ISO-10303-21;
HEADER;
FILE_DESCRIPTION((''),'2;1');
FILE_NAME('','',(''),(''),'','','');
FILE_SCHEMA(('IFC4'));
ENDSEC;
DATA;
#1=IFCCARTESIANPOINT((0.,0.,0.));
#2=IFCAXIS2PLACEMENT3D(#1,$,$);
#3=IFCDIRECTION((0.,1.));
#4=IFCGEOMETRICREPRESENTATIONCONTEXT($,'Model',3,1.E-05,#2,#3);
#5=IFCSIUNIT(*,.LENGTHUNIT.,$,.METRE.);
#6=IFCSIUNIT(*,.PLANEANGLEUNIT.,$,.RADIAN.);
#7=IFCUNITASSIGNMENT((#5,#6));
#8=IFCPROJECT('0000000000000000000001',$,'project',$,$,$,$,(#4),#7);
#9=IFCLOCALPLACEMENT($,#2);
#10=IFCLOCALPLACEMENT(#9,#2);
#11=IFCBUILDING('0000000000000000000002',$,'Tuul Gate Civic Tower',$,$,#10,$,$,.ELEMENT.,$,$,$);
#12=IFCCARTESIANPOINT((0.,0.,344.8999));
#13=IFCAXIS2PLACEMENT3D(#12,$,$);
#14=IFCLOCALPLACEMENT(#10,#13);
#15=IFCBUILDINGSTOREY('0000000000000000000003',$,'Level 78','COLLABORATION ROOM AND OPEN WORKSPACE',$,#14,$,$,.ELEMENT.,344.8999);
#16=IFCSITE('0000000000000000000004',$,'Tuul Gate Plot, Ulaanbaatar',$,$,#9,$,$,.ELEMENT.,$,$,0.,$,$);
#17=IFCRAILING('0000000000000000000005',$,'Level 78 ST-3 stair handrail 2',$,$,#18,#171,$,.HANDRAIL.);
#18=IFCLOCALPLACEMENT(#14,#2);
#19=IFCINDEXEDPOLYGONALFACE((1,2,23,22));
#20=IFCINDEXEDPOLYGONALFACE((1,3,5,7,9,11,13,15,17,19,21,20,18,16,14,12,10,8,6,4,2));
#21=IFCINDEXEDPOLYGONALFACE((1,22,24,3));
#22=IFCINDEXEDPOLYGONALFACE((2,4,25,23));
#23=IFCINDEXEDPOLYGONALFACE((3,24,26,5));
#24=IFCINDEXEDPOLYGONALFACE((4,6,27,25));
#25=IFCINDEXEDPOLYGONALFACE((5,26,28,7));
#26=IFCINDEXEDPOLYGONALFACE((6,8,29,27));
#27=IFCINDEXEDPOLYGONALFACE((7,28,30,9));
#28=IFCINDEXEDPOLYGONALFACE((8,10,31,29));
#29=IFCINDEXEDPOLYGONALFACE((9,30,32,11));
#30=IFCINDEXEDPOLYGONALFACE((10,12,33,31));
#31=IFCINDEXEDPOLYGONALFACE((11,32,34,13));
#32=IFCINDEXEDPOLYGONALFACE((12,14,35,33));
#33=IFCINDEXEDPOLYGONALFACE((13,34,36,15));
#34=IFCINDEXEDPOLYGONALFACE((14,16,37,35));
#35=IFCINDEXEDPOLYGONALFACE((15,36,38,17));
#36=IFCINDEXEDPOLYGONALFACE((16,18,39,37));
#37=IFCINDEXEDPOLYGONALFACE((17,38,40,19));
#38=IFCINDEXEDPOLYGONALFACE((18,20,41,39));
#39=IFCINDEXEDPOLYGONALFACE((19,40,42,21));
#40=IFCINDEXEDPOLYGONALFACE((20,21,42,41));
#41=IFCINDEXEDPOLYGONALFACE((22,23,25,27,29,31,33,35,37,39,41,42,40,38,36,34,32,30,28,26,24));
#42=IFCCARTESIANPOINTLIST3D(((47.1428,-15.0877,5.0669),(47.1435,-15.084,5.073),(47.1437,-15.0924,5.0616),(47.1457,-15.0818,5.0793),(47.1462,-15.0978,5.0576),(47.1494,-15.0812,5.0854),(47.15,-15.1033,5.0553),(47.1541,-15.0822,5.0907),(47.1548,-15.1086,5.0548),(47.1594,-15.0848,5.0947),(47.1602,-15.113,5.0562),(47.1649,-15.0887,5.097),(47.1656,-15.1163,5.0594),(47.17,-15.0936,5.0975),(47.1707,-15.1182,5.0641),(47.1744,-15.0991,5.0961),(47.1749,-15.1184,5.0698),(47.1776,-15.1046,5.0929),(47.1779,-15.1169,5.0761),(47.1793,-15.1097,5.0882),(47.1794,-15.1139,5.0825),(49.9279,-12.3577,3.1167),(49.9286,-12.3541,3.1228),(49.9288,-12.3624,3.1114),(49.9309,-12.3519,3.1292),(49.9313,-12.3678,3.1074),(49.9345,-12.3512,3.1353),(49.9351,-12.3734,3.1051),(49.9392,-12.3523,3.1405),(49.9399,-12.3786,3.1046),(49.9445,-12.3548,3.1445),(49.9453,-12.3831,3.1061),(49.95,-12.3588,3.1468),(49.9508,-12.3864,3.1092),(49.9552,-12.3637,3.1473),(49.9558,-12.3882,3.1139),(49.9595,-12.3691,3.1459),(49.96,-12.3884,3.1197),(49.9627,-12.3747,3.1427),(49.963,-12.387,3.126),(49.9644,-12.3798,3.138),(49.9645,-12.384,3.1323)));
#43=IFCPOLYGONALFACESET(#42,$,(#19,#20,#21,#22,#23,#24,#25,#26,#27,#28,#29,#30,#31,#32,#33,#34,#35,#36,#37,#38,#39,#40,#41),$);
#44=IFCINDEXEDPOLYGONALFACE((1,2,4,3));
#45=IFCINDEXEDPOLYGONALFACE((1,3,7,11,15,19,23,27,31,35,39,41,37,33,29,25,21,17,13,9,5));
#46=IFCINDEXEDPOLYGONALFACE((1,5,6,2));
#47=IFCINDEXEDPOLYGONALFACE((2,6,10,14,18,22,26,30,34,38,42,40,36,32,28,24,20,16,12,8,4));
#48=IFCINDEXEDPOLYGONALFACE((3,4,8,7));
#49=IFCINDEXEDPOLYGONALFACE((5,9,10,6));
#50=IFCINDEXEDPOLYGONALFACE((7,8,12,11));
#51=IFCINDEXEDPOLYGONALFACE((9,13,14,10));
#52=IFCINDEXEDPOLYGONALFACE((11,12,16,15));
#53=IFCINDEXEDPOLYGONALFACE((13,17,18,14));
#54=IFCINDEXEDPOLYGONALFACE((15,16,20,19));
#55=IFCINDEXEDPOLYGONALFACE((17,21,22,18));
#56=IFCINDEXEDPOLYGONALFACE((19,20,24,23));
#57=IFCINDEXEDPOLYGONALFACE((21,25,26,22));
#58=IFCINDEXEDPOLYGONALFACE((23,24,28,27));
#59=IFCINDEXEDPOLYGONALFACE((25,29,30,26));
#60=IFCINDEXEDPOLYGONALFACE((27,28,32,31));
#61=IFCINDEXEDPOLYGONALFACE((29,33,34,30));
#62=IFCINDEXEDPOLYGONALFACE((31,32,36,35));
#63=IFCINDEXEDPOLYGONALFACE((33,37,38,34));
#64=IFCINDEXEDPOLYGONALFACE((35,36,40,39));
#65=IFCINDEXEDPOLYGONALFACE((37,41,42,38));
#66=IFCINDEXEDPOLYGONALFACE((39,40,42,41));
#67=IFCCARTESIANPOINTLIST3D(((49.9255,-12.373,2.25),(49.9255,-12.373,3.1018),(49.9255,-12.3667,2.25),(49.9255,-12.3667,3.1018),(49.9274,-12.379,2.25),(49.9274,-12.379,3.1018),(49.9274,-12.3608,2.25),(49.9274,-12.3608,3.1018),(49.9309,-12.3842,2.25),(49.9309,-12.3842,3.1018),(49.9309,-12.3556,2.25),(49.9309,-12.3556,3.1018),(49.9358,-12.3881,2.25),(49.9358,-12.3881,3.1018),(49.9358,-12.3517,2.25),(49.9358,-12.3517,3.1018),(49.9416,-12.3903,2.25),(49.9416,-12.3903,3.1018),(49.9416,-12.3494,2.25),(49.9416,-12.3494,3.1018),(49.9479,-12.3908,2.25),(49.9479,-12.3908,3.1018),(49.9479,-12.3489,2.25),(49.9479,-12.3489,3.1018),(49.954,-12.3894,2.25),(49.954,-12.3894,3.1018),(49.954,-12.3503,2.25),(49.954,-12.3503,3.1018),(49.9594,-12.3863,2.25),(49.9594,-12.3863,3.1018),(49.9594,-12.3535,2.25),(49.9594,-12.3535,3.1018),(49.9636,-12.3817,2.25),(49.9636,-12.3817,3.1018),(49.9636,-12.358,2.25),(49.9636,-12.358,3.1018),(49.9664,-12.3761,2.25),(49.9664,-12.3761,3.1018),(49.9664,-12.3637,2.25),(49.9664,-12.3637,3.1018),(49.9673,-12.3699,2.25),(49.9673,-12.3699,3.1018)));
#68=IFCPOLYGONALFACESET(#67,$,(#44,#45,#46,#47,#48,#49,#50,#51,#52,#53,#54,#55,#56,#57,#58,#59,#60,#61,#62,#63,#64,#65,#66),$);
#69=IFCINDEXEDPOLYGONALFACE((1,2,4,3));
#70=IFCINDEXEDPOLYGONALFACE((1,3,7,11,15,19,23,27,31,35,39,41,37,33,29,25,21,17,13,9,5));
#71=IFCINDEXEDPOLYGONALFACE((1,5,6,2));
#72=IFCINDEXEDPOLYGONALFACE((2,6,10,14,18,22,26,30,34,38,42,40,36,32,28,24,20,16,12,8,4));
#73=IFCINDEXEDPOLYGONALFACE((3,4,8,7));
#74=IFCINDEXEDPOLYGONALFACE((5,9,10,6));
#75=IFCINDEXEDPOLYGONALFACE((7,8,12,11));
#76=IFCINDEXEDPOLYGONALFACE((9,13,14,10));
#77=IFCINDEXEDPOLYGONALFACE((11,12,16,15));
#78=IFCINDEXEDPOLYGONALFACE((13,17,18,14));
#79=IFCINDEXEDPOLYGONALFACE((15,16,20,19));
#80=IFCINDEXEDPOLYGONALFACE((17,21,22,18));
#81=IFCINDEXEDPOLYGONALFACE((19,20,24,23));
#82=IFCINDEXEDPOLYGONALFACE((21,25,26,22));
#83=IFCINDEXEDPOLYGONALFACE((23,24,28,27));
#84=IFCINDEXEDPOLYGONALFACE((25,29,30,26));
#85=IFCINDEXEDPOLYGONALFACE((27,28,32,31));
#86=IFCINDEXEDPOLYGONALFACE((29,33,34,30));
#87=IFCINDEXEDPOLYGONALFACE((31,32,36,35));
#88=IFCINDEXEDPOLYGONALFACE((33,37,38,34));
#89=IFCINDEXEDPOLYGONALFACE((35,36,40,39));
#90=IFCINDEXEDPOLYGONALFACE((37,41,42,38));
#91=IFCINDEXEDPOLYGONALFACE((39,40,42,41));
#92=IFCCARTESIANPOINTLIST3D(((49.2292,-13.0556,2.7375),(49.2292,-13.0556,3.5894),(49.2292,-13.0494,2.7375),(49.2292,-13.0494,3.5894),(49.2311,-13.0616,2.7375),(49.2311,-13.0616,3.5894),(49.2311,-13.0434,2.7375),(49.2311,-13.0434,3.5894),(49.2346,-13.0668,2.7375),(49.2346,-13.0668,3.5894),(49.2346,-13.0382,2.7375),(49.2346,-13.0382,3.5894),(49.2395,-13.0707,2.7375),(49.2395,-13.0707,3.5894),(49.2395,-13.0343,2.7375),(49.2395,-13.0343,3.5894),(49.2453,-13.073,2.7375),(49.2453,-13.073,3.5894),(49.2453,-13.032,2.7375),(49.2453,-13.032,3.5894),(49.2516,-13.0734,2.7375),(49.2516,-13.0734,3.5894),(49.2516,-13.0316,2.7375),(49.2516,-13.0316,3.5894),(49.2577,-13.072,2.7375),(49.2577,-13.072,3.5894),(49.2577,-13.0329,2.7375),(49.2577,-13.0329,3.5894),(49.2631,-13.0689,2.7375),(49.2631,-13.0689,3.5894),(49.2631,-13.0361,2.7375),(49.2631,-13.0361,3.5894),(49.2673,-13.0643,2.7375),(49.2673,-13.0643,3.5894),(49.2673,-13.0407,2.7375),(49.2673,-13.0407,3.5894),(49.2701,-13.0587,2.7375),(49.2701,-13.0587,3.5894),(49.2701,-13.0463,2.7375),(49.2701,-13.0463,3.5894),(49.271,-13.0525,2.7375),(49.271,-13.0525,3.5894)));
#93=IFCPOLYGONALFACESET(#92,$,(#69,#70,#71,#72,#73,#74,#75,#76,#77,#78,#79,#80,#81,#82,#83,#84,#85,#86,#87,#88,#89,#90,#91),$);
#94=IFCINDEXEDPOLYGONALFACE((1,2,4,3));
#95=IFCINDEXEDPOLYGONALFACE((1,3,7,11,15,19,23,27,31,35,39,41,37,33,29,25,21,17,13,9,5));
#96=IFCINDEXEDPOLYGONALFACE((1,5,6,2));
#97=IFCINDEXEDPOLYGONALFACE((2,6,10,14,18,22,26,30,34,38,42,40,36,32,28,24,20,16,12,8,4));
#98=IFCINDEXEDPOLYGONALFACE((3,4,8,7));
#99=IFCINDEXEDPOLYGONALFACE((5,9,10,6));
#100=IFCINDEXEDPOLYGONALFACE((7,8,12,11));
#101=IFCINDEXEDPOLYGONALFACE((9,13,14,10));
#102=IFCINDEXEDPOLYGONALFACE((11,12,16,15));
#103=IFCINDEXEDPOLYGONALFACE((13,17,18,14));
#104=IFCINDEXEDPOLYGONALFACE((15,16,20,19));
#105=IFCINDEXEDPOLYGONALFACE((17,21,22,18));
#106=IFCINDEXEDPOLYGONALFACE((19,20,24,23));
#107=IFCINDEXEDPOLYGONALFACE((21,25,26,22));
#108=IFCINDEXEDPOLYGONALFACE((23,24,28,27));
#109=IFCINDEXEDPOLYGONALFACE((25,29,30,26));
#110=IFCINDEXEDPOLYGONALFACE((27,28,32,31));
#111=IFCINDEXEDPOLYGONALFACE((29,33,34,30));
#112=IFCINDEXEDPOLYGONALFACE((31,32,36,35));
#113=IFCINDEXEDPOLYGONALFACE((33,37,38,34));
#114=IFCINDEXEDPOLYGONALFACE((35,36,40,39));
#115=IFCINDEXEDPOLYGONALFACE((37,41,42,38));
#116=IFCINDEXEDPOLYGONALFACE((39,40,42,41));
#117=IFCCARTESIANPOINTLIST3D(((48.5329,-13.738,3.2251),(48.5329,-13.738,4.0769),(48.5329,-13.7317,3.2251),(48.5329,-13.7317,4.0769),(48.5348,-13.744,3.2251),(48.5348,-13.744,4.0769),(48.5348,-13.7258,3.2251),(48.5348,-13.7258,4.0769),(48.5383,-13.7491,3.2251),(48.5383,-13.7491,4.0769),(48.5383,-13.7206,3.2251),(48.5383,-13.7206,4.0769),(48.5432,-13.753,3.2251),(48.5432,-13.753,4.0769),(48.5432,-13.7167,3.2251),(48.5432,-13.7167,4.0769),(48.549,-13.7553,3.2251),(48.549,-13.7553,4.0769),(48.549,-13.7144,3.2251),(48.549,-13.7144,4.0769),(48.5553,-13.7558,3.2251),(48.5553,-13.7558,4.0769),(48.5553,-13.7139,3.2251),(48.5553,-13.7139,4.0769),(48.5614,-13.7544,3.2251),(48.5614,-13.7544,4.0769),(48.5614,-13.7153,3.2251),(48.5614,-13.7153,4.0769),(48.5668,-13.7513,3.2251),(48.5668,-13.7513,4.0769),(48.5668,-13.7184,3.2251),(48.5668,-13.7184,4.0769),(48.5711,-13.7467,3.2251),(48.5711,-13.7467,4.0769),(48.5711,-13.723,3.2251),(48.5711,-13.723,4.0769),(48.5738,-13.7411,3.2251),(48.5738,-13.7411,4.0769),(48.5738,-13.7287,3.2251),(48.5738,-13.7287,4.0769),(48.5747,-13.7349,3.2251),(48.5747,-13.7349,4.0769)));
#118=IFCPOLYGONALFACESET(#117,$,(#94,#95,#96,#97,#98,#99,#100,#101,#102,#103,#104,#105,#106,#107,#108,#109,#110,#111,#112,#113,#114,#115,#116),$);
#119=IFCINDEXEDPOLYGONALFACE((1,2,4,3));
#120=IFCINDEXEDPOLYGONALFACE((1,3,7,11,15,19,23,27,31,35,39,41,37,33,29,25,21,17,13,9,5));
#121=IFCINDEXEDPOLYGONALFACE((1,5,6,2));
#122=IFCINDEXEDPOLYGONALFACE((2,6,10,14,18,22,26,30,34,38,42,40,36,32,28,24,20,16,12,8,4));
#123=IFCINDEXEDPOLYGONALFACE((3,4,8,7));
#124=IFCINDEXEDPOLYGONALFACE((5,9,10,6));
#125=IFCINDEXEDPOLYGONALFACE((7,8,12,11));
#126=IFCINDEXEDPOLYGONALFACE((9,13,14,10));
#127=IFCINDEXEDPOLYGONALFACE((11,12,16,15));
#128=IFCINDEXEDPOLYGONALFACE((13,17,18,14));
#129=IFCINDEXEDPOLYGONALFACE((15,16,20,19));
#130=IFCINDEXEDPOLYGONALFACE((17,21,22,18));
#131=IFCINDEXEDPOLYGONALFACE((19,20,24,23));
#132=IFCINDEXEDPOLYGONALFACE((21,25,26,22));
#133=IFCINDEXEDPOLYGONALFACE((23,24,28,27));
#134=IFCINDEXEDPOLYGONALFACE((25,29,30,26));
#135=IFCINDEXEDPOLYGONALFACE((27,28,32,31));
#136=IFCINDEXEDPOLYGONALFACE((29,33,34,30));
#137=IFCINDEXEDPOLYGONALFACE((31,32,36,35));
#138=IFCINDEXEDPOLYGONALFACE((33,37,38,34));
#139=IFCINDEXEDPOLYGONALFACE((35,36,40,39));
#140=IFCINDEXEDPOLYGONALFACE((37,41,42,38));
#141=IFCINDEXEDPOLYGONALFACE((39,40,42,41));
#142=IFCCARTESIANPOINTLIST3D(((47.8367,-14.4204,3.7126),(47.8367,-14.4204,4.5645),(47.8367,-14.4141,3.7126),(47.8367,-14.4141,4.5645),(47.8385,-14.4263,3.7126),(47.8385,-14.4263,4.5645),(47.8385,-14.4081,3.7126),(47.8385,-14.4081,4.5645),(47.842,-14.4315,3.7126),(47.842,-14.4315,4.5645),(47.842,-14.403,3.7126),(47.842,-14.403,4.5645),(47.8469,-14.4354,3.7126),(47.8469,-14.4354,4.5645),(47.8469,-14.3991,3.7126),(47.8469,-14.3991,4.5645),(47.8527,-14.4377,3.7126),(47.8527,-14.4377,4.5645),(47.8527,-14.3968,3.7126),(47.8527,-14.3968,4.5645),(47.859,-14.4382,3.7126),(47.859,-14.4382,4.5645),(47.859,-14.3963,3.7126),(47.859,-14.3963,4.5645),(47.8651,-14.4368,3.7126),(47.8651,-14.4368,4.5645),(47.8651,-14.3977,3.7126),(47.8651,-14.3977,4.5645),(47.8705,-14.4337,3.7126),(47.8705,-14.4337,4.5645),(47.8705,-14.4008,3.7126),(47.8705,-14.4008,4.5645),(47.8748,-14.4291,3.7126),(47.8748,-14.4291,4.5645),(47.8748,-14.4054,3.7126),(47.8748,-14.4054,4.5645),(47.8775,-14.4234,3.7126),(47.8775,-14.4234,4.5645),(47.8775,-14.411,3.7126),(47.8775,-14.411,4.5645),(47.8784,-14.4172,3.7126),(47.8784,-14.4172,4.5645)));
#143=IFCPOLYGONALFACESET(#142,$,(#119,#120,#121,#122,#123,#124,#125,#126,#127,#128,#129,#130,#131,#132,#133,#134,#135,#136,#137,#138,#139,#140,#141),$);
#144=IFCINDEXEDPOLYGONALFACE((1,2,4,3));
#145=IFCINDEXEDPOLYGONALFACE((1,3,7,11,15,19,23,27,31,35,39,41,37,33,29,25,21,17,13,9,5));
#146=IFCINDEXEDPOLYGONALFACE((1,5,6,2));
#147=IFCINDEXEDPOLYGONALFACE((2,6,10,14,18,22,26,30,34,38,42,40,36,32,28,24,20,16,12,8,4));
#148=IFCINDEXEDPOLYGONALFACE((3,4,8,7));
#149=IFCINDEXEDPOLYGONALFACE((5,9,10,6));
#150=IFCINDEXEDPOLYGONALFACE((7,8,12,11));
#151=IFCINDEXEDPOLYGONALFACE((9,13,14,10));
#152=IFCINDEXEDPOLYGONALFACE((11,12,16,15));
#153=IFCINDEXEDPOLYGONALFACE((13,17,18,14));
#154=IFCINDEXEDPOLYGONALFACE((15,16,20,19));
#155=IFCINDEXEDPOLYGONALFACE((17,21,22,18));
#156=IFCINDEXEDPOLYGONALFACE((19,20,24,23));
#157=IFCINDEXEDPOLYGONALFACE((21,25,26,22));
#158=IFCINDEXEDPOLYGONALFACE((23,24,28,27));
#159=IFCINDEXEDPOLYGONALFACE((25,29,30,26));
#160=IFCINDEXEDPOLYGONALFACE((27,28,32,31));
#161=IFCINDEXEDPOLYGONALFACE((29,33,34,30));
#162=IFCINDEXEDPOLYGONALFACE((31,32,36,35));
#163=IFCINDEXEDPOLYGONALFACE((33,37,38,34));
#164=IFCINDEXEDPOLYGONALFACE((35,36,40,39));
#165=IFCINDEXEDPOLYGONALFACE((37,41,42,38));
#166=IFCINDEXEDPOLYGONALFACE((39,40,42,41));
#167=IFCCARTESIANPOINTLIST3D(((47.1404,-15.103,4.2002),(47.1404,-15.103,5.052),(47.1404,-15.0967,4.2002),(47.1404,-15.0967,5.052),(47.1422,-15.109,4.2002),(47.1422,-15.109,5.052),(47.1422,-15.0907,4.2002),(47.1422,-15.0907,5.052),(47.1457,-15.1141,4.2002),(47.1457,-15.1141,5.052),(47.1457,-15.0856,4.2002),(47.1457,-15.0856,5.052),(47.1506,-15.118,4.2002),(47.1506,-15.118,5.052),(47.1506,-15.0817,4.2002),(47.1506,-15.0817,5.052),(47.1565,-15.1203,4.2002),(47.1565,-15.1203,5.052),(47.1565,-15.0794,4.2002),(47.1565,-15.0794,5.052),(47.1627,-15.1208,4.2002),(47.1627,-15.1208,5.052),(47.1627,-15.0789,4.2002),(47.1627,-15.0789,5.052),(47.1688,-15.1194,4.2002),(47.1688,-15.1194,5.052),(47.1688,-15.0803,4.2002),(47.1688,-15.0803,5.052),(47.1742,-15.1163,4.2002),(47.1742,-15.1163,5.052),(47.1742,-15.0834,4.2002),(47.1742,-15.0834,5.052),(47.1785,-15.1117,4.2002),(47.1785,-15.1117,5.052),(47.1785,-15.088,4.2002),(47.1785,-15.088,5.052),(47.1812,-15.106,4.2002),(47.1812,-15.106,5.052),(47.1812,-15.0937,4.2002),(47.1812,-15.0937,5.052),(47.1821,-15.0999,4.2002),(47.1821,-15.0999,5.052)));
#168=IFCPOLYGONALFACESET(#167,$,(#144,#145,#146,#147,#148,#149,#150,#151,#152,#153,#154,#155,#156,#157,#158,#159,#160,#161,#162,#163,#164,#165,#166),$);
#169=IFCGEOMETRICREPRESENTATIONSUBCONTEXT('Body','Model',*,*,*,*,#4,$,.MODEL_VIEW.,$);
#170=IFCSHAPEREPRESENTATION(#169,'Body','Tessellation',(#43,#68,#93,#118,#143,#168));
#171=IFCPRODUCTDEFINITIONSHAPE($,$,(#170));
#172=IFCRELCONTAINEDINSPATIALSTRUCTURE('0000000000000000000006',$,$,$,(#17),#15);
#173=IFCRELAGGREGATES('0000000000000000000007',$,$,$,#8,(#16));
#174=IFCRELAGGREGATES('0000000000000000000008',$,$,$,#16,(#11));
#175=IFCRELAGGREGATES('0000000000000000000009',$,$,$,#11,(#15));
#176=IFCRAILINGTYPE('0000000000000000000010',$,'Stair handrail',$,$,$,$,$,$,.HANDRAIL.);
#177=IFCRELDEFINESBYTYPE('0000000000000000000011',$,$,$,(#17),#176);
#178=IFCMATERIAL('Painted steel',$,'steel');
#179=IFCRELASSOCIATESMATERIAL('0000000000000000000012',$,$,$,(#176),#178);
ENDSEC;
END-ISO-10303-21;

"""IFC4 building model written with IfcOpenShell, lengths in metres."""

from ifc_helpers import new_model, si_unit, direction, frame, origin, origin_2d, place, context, subcontext, project, spatial, circle, extrude, material, type_object, element, save


model = new_model("IFC4")

# Units and contexts
model_context = context("Model", 3, precision=1e-05, world=origin(), true_north=direction((0.0, 1.0)))
body_context = subcontext(model_context, "Body", "Model", "MODEL_VIEW")
ifc_project = project(units=[si_unit("LENGTHUNIT", "METRE"), si_unit("PLANEANGLEUNIT", "RADIAN")], contexts=[model_context])

# Site, building, storey
site_placement = place(None, origin())
site = spatial("IfcSite", under=ifc_project, at=site_placement, Name="Tuul Gate Plot, Ulaanbaatar", CompositionType="ELEMENT", RefElevation=0.0)
building_placement = place(site_placement, origin())
building = spatial("IfcBuilding", under=site, at=building_placement, Name="Tuul Gate Civic Tower", CompositionType="ELEMENT")
storey_placement = place(building_placement, frame((0.0, 0.0, 344.8999)))
storey = spatial("IfcBuildingStorey", under=building, at=storey_placement, Name="Level 78", Description="COLLABORATION ROOM AND OPEN WORKSPACE", CompositionType="ELEMENT", Elevation=344.8999)

# Railing
ifc_material_1 = material(Name="Painted steel", Category="steel")
railing_type_1 = type_object("IfcRailingType", Name="Stair handrail", PredefinedType="HANDRAIL", material=ifc_material_1)
railing_1_placement = place(storey_placement, frame((49.9463, -12.3699, 2.25)))
element("IfcRailing", 1, at=railing_1_placement, inside=storey, type_object=railing_type_1, Name="Level 78 ST-3 stair handrail 2", PredefinedType="HANDRAIL", context=body_context, shape_type="SweptSolid", body=[
    extrude(circle(Radius=0.0239, at=origin_2d()), frame((0.0, 0.0, 0.876), z_axis=(-0.638738, -0.626084, 0.447251), x_axis=(0.699998, -0.714145, 0.0)), (0.0, 0.0, 1.0), 4.3604),
    extrude(circle(Radius=0.021, at=origin_2d()), origin(), (0.0, 0.0, 1.0), 0.8518),
    extrude(circle(Radius=0.021, at=origin_2d()), frame((-0.6963, -0.6826, 0.4875)), (0.0, 0.0, 1.0), 0.8518),
    extrude(circle(Radius=0.021, at=origin_2d()), frame((-1.3926, -1.365, 0.9751)), (0.0, 0.0, 1.0), 0.8518),
    extrude(circle(Radius=0.021, at=origin_2d()), frame((-2.0889, -2.0474, 1.4626)), (0.0, 0.0, 1.0), 0.8518),
    extrude(circle(Radius=0.021, at=origin_2d()), frame((-2.7852, -2.73, 1.9502)), (0.0, 0.0, 1.0), 0.8518),
])

save(model, "model.ifc")
